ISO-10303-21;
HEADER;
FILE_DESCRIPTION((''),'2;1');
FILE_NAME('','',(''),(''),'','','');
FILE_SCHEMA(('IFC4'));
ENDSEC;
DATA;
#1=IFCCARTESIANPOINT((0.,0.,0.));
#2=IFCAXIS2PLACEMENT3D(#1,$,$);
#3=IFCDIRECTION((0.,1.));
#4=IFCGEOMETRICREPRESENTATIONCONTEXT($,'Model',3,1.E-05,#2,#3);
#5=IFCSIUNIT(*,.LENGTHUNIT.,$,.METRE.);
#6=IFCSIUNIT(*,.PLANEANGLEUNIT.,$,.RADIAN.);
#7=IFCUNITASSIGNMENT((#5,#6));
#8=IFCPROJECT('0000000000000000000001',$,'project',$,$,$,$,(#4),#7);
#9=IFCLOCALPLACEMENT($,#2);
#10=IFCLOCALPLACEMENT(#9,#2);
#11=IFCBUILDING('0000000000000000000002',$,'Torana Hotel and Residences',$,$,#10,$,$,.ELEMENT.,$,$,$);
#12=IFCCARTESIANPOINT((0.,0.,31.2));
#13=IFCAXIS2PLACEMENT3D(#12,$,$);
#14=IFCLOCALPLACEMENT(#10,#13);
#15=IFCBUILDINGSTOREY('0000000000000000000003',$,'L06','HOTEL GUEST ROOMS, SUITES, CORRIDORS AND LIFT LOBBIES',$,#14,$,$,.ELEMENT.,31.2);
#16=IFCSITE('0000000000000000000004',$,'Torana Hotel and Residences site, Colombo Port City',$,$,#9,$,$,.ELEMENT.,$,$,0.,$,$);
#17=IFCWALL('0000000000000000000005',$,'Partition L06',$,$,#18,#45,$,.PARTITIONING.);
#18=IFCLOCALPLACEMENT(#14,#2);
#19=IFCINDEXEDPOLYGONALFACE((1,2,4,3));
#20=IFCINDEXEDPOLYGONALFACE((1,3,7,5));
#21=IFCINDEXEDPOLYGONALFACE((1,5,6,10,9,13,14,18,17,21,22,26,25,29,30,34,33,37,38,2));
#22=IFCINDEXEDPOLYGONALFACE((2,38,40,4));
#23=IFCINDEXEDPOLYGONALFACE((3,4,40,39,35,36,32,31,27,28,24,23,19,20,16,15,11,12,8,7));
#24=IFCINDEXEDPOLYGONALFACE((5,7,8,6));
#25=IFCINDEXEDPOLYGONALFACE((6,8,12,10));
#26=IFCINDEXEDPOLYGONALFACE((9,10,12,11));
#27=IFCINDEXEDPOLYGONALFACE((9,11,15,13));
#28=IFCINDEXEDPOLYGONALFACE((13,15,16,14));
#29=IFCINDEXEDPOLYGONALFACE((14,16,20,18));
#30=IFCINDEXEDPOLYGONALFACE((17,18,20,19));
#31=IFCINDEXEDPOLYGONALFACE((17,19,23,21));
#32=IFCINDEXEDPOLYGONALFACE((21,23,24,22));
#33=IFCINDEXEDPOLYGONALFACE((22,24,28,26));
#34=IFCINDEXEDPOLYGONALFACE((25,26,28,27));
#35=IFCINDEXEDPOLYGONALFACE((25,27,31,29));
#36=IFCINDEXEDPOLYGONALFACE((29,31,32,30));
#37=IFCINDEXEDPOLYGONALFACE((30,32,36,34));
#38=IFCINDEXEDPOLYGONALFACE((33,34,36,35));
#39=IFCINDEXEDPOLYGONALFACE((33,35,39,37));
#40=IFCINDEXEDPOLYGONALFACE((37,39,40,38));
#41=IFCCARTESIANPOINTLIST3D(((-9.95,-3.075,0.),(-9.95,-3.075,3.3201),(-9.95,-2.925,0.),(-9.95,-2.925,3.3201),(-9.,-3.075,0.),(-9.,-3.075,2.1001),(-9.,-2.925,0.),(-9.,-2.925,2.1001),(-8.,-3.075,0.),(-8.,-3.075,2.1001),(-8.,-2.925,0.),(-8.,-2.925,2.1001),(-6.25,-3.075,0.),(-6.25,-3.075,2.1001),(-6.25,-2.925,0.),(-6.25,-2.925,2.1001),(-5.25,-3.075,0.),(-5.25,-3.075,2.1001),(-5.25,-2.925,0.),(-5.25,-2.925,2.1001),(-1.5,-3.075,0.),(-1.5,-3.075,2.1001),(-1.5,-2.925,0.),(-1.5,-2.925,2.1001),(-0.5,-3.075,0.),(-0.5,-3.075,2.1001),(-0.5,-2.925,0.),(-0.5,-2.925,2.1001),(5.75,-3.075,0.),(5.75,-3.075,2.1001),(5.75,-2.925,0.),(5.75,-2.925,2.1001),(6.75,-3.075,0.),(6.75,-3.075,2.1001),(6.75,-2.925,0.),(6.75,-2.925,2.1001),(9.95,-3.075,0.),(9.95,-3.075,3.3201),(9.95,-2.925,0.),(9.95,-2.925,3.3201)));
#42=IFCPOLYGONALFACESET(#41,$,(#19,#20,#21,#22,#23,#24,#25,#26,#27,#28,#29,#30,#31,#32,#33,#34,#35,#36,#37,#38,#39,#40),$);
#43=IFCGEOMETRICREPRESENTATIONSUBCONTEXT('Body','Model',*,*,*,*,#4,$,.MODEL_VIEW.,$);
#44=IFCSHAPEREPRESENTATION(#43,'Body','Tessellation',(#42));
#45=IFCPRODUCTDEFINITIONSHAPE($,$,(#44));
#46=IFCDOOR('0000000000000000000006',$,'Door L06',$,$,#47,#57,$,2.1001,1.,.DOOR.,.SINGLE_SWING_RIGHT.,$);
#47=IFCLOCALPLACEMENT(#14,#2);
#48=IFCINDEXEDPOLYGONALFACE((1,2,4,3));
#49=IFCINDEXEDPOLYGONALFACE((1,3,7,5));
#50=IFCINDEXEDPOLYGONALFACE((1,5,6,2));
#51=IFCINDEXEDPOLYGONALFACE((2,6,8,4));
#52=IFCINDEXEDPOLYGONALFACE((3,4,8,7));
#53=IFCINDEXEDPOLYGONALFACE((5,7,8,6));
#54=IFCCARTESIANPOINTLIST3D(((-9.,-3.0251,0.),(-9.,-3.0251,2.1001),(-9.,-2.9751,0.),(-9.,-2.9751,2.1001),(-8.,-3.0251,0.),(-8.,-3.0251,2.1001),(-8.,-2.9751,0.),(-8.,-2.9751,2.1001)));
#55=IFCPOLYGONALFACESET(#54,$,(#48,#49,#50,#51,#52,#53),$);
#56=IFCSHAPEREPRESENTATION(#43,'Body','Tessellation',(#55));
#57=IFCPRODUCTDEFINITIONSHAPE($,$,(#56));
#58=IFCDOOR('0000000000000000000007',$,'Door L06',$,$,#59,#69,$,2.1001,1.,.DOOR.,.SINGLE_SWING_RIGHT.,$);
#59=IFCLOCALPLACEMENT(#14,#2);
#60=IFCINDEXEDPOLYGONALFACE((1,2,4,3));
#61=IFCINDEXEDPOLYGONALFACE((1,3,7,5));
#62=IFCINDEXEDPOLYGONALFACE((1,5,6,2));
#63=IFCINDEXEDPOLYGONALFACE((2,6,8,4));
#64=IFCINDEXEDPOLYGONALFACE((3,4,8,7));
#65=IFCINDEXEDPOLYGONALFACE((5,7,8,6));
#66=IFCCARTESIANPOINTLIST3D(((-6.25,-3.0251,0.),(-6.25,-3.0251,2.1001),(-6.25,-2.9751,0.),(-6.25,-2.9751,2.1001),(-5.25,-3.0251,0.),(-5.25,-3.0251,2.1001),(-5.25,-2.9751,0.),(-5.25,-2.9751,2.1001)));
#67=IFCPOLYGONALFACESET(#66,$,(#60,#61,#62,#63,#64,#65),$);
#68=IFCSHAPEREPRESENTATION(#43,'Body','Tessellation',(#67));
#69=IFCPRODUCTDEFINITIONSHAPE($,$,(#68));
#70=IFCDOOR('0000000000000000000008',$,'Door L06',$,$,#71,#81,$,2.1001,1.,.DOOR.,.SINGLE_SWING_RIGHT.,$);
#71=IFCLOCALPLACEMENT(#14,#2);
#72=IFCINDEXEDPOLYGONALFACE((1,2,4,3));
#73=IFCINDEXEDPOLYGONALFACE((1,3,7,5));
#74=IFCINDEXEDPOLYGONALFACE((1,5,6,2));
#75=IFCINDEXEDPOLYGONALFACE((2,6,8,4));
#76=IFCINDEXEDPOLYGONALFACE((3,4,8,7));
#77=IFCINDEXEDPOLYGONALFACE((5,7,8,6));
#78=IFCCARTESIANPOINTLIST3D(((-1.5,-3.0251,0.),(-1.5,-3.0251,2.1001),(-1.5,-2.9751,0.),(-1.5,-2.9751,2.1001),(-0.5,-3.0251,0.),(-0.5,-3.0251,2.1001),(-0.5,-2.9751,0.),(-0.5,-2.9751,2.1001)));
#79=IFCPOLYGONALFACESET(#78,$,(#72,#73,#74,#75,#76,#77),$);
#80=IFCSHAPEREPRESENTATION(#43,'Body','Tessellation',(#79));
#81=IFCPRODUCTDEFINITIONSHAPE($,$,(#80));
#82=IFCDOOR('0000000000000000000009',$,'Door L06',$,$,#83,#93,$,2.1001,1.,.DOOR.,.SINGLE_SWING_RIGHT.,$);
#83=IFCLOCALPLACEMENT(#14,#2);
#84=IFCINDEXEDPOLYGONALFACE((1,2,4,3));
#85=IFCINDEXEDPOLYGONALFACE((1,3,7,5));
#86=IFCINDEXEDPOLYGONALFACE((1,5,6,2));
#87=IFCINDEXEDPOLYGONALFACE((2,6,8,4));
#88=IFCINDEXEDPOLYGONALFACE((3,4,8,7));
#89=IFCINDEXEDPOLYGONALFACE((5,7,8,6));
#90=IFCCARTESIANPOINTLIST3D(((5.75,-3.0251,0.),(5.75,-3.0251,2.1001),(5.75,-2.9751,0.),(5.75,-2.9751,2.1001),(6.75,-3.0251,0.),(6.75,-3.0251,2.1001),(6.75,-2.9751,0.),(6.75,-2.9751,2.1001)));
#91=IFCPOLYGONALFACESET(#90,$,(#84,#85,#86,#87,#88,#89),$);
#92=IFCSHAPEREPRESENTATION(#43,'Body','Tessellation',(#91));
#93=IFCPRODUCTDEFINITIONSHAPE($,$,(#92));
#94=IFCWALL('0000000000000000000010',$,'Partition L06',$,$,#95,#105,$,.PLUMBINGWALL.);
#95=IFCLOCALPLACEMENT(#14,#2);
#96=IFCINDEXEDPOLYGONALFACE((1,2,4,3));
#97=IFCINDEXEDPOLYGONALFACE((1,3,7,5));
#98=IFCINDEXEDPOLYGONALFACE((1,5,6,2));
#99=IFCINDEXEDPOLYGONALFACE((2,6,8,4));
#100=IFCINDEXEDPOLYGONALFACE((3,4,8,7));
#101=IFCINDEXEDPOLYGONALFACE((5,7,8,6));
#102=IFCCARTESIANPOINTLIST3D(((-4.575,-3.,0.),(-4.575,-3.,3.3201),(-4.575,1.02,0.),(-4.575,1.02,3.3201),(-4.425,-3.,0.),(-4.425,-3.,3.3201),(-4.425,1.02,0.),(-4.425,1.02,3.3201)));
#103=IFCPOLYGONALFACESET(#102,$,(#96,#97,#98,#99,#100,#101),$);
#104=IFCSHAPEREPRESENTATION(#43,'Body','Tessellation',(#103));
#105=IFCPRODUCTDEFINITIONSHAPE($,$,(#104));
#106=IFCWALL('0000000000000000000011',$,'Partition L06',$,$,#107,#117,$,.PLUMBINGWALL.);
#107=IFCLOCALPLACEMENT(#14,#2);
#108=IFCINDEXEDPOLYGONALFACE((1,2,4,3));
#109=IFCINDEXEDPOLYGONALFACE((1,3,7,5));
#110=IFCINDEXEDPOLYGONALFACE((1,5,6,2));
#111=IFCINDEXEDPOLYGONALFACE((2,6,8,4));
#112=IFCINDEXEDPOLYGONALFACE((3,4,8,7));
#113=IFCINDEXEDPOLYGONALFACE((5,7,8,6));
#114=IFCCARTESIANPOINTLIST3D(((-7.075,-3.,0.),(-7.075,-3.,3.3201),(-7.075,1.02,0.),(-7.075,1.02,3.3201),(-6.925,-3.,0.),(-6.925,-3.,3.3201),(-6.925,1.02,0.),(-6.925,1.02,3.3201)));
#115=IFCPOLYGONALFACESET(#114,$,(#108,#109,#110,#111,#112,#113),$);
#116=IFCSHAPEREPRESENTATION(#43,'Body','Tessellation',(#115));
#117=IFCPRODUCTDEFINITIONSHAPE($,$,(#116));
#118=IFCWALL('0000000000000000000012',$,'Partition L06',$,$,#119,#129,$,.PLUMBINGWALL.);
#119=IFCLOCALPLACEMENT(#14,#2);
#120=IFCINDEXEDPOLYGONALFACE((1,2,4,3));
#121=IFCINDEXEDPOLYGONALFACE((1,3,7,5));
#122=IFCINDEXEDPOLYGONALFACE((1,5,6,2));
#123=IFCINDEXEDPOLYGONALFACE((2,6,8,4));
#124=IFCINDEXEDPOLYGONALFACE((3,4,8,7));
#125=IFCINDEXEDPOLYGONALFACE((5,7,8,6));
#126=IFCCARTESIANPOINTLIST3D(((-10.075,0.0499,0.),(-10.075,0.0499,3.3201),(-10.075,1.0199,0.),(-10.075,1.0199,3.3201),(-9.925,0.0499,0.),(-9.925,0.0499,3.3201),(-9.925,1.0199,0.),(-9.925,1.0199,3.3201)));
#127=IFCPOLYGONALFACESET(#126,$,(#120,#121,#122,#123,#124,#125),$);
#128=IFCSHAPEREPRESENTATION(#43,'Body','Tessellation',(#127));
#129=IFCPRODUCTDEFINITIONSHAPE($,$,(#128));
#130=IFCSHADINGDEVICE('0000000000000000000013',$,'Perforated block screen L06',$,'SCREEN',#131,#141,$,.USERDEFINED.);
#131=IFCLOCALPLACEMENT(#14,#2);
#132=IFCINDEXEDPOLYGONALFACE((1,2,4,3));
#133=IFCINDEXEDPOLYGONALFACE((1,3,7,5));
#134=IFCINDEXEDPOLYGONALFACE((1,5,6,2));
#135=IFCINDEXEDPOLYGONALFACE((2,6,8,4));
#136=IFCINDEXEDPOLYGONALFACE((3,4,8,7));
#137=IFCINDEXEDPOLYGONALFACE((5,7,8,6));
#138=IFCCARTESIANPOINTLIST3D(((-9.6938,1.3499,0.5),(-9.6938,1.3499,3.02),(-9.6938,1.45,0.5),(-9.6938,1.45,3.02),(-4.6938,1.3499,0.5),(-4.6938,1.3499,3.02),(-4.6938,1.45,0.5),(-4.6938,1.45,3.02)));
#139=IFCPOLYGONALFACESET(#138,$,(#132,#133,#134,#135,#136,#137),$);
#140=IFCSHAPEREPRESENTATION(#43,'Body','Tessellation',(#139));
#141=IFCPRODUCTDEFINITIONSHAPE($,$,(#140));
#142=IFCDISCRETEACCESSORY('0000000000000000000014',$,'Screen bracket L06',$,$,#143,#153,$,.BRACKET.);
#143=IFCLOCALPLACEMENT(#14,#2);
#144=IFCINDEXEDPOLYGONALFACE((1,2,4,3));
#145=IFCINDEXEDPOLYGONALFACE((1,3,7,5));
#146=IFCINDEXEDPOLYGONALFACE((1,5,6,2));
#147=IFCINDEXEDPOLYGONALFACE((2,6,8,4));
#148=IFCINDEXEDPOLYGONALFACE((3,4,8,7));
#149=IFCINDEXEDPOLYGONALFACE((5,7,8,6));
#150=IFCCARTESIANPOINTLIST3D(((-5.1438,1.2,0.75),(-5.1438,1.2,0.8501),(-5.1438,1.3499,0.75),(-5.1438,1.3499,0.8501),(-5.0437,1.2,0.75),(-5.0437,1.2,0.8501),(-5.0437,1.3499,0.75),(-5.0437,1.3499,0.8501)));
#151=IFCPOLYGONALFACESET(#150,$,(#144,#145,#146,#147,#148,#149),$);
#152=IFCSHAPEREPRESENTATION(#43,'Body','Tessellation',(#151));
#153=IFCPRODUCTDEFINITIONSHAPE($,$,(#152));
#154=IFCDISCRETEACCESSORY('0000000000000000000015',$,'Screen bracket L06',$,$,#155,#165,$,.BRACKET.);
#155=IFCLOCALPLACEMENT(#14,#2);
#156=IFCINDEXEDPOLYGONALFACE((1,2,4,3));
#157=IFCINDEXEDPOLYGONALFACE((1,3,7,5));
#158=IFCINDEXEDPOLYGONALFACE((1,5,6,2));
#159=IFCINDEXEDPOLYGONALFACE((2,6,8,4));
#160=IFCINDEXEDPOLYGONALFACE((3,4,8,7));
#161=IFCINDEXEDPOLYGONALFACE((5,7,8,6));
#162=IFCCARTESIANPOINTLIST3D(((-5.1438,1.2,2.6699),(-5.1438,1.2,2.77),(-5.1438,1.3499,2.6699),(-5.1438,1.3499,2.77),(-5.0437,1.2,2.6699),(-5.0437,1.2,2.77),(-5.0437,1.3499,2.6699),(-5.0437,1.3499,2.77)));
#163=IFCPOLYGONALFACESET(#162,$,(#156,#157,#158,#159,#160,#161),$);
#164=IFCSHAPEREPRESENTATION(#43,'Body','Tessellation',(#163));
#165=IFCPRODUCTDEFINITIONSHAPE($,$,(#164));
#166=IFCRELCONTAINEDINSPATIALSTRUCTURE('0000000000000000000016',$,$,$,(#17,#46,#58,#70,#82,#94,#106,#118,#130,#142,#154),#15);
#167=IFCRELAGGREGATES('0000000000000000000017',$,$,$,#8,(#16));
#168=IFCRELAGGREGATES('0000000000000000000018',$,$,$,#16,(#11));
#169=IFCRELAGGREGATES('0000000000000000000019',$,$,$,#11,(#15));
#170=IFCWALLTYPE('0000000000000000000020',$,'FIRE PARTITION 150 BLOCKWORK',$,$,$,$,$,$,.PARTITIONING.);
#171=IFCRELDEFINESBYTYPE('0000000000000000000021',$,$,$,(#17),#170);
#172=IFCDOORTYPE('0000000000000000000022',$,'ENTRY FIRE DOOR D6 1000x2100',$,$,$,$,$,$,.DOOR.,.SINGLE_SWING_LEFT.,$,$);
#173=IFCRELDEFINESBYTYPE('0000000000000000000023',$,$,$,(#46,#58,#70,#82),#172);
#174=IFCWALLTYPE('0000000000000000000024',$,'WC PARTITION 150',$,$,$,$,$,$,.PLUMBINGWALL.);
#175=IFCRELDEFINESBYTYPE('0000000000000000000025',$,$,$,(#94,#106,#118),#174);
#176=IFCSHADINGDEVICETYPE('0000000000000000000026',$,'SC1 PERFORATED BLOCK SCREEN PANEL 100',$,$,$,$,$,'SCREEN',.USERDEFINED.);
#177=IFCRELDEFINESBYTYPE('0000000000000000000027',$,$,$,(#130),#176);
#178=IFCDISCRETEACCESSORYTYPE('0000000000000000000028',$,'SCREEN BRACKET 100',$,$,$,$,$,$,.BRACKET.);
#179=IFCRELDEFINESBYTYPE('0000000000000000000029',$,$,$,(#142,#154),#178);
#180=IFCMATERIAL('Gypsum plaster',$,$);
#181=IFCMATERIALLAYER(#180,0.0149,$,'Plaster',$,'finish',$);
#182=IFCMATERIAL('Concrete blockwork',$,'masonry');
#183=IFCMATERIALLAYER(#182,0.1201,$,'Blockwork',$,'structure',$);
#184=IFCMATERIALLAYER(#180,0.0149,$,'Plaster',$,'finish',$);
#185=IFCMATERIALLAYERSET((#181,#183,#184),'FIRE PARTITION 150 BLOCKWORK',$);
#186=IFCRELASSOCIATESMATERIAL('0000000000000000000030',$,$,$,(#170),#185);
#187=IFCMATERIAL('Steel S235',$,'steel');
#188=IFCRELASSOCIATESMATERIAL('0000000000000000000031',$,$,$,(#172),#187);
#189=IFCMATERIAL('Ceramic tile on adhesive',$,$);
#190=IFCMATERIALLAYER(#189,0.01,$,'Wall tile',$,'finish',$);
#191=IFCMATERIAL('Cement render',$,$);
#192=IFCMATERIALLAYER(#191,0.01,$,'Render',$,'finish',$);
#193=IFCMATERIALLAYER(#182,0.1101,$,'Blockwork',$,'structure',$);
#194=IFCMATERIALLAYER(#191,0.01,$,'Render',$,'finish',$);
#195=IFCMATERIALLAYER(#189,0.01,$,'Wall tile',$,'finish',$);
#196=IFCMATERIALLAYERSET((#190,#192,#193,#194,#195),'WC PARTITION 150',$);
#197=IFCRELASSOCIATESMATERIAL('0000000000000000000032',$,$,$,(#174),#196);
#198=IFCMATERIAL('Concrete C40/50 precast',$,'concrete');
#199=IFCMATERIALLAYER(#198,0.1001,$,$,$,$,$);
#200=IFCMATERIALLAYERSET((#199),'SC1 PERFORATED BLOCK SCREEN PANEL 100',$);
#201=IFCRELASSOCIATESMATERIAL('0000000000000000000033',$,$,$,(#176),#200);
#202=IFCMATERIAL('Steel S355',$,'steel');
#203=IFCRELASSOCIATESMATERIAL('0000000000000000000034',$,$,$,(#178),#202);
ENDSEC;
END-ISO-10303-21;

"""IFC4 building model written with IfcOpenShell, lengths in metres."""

from ifc_helpers import new_model, si_unit, direction, frame, frame_2d, origin, origin_2d, place, context, subcontext, project, spatial, rectangle, extrude, material, layer, layer_set, type_object, element, fill, save


model = new_model("IFC4")

# Units and contexts
model_context = context("Model", 3, precision=1e-05, world=origin(), true_north=direction((0.0, 1.0)))
body_context = subcontext(model_context, "Body", "Model", "MODEL_VIEW")
ifc_project = project(units=[si_unit("LENGTHUNIT", "METRE"), si_unit("PLANEANGLEUNIT", "RADIAN")], contexts=[model_context])

# Site, building, storey
site_placement = place(None, origin())
site = spatial("IfcSite", under=ifc_project, at=site_placement, Name="Torana Hotel and Residences site, Colombo Port City", CompositionType="ELEMENT", RefElevation=0.0)
building_placement = place(site_placement, origin())
building = spatial("IfcBuilding", under=site, at=building_placement, Name="Torana Hotel and Residences", CompositionType="ELEMENT")
storey_placement = place(building_placement, frame((0.0, 0.0, 31.2)))
storey = spatial("IfcBuildingStorey", under=building, at=storey_placement, Name="L06", Description="HOTEL GUEST ROOMS, SUITES, CORRIDORS AND LIFT LOBBIES", CompositionType="ELEMENT", Elevation=31.2)

# Shared definitions
ifc_material_1 = material(Name="Gypsum plaster")
ifc_layer_1 = layer(ifc_material_1, 0.0149, Name="Plaster", Category="finish")
ifc_material_2 = material(Name="Concrete blockwork", Category="masonry")
ifc_layer_2 = layer(ifc_material_2, 0.1201, Name="Blockwork", Category="structure")
ifc_layer_3 = layer(ifc_material_1, 0.0149, Name="Plaster", Category="finish")
ifc_layer_set_1 = layer_set([ifc_layer_1, ifc_layer_2, ifc_layer_3], Name="FIRE PARTITION 150 BLOCKWORK")
wall_type_1 = type_object("IfcWallType", Name="FIRE PARTITION 150 BLOCKWORK", PredefinedType="PARTITIONING", material=ifc_layer_set_1)

# Wall, openings, doors
ifc_material_3 = material(Name="Steel S235", Category="steel")
door_type = type_object("IfcDoorType", Name="ENTRY FIRE DOOR D6 1000x2100", OperationType="SINGLE_SWING_LEFT", PredefinedType="DOOR", material=ifc_material_3)
wall_1_placement = place(storey_placement, frame((-9.95, -3.0, 0.0), z_axis=(0.0, 0.0, 1.0), x_axis=(1.0, 0.0, 0.0)))
wall_1 = element("IfcWall", 1, at=wall_1_placement, inside=storey, type_object=wall_type_1, Name="Partition L06", PredefinedType="PARTITIONING", context=body_context, shape_type="SweptSolid", body=[
    extrude(rectangle(XDim=19.8999, YDim=0.1499, at=frame_2d((9.95, 0.0))), origin(), (0.0, 0.0, 1.0), 3.3201),
])
opening_1_placement = place(wall_1_placement, frame((0.95, 0.0, 0.0)))
opening_1 = element("IfcOpeningElement", 2, at=opening_1_placement, cuts=wall_1, PredefinedType="OPENING", context=body_context, shape_type="SweptSolid", body=[
    extrude(rectangle(XDim=1.0, YDim=2.1001, at=frame_2d((0.5, 1.05))), frame((0.0, 0.085, 0.0), z_axis=(0.0, -1.0, 0.0), x_axis=(1.0, 0.0, 0.0)), (0.0, 0.0, 1.0), 0.1699),
])
opening_2_placement = place(wall_1_placement, frame((3.7, 0.0, 0.0)))
opening_2 = element("IfcOpeningElement", 3, at=opening_2_placement, cuts=wall_1, PredefinedType="OPENING", context=body_context, shape_type="SweptSolid", body=[
    extrude(rectangle(XDim=1.0, YDim=2.1001, at=frame_2d((0.5, 1.05))), frame((0.0, 0.085, 0.0), z_axis=(0.0, -1.0, 0.0), x_axis=(1.0, 0.0, 0.0)), (0.0, 0.0, 1.0), 0.1699),
])
opening_3_placement = place(wall_1_placement, frame((8.45, 0.0, 0.0)))
opening_3 = element("IfcOpeningElement", 4, at=opening_3_placement, cuts=wall_1, PredefinedType="OPENING", context=body_context, shape_type="SweptSolid", body=[
    extrude(rectangle(XDim=1.0, YDim=2.1001, at=frame_2d((0.5, 1.05))), frame((0.0, 0.085, 0.0), z_axis=(0.0, -1.0, 0.0), x_axis=(1.0, 0.0, 0.0)), (0.0, 0.0, 1.0), 0.1699),
])
opening_4_placement = place(wall_1_placement, frame((15.7, 0.0, 0.0)))
opening_4 = element("IfcOpeningElement", 5, at=opening_4_placement, cuts=wall_1, PredefinedType="OPENING", context=body_context, shape_type="SweptSolid", body=[
    extrude(rectangle(XDim=1.0, YDim=2.1001, at=frame_2d((0.5, 1.05))), frame((0.0, 0.085, 0.0), z_axis=(0.0, -1.0, 0.0), x_axis=(1.0, 0.0, 0.0)), (0.0, 0.0, 1.0), 0.1699),
])
door_1_placement = place(opening_1_placement, origin())
door_1 = element("IfcDoor", 6, at=door_1_placement, inside=storey, type_object=door_type, Name="Door L06", OperationType="SINGLE_SWING_RIGHT", OverallHeight=2.1001, OverallWidth=1.0, PredefinedType="DOOR", context=body_context, shape_type="SweptSolid", body=[
    extrude(rectangle(XDim=1.0, YDim=2.1001, at=frame_2d((0.5, 1.05))), frame((0.0, 0.0249, 0.0), z_axis=(0.0, -1.0, 0.0), x_axis=(1.0, 0.0, 0.0)), (0.0, 0.0, 1.0), 0.05),
])
fill(opening_1, door_1)
door_2_placement = place(opening_2_placement, origin())
door_2 = element("IfcDoor", 7, at=door_2_placement, inside=storey, type_object=door_type, Name="Door L06", OperationType="SINGLE_SWING_RIGHT", OverallHeight=2.1001, OverallWidth=1.0, PredefinedType="DOOR", context=body_context, shape_type="SweptSolid", body=[
    extrude(rectangle(XDim=1.0, YDim=2.1001, at=frame_2d((0.5, 1.05))), frame((0.0, 0.0249, 0.0), z_axis=(0.0, -1.0, 0.0), x_axis=(1.0, 0.0, 0.0)), (0.0, 0.0, 1.0), 0.05),
])
fill(opening_2, door_2)
door_3_placement = place(opening_3_placement, origin())
door_3 = element("IfcDoor", 8, at=door_3_placement, inside=storey, type_object=door_type, Name="Door L06", OperationType="SINGLE_SWING_RIGHT", OverallHeight=2.1001, OverallWidth=1.0, PredefinedType="DOOR", context=body_context, shape_type="SweptSolid", body=[
    extrude(rectangle(XDim=1.0, YDim=2.1001, at=frame_2d((0.5, 1.05))), frame((0.0, 0.0249, 0.0), z_axis=(0.0, -1.0, 0.0), x_axis=(1.0, 0.0, 0.0)), (0.0, 0.0, 1.0), 0.05),
])
fill(opening_3, door_3)
door_4_placement = place(opening_4_placement, origin())
door_4 = element("IfcDoor", 9, at=door_4_placement, inside=storey, type_object=door_type, Name="Door L06", OperationType="SINGLE_SWING_RIGHT", OverallHeight=2.1001, OverallWidth=1.0, PredefinedType="DOOR", context=body_context, shape_type="SweptSolid", body=[
    extrude(rectangle(XDim=1.0, YDim=2.1001, at=frame_2d((0.5, 1.05))), frame((0.0, 0.0249, 0.0), z_axis=(0.0, -1.0, 0.0), x_axis=(1.0, 0.0, 0.0)), (0.0, 0.0, 1.0), 0.05),
])
fill(opening_4, door_4)

# Walls
ifc_material_4 = material(Name="Ceramic tile on adhesive")
ifc_layer_4 = layer(ifc_material_4, 0.01, Name="Wall tile", Category="finish")
ifc_material_5 = material(Name="Cement render")
ifc_layer_5 = layer(ifc_material_5, 0.01, Name="Render", Category="finish")
ifc_layer_6 = layer(ifc_material_2, 0.1101, Name="Blockwork", Category="structure")
ifc_layer_7 = layer(ifc_material_5, 0.01, Name="Render", Category="finish")
ifc_layer_8 = layer(ifc_material_4, 0.01, Name="Wall tile", Category="finish")
ifc_layer_set_2 = layer_set([ifc_layer_4, ifc_layer_5, ifc_layer_6, ifc_layer_7, ifc_layer_8], Name="WC PARTITION 150")
wall_type_2 = type_object("IfcWallType", Name="WC PARTITION 150", PredefinedType="PLUMBINGWALL", material=ifc_layer_set_2)
for number, where, z_axis, x_axis, name in (
    (10, (-4.5, -3.0, 0.0), (0.0, 0.0, 1.0), (0.0, 1.0, 0.0), "Partition L06"),
    (11, (-7.0, -3.0, 0.0), (0.0, 0.0, 1.0), (0.0, 1.0, 0.0), "Partition L06"),
):
    element("IfcWall", number, at=place(storey_placement, frame(where, z_axis=z_axis, x_axis=x_axis)), inside=storey, type_object=wall_type_2, Name=name, PredefinedType="PLUMBINGWALL", context=body_context, shape_type="SweptSolid", body=[
        extrude(rectangle(XDim=4.02, YDim=0.1499, at=frame_2d((2.01, 0.0))), origin(), (0.0, 0.0, 1.0), 3.3201),
    ])
wall_2_placement = place(storey_placement, frame((-10.0, 0.05, 0.0), z_axis=(0.0, 0.0, 1.0), x_axis=(0.0, 1.0, 0.0)))
element("IfcWall", 12, at=wall_2_placement, inside=storey, type_object=wall_type_2, Name="Partition L06", PredefinedType="PLUMBINGWALL", context=body_context, shape_type="SweptSolid", body=[
    extrude(rectangle(XDim=0.97, YDim=0.1499, at=frame_2d((0.4849, 0.0))), origin(), (0.0, 0.0, 1.0), 3.3201),
])

# Shading device
ifc_material_6 = material(Name="Concrete C40/50 precast", Category="concrete")
ifc_layer_9 = layer(ifc_material_6, 0.1001)
ifc_layer_set_3 = layer_set([ifc_layer_9], Name="SC1 PERFORATED BLOCK SCREEN PANEL 100")
shading_device_type = type_object("IfcShadingDeviceType", Name="SC1 PERFORATED BLOCK SCREEN PANEL 100", ElementType="SCREEN", PredefinedType="USERDEFINED", material=ifc_layer_set_3)
shading_device_placement = place(storey_placement, frame((-7.1938, 1.3999, 0.5), z_axis=(0.0, 0.0, 1.0), x_axis=(-1.0, 0.0, 0.0)))
element("IfcShadingDevice", 13, at=shading_device_placement, inside=storey, type_object=shading_device_type, Name="Perforated block screen L06", ObjectType="SCREEN", PredefinedType="USERDEFINED", context=body_context, shape_type="SweptSolid", body=[
    extrude(rectangle(XDim=5.0, YDim=0.1001, at=origin_2d()), origin(), (0.0, 0.0, 1.0), 2.52),
])

# Discrete accessories
ifc_material_7 = material(Name="Steel S355", Category="steel")
discrete_accessory_type = type_object("IfcDiscreteAccessoryType", Name="SCREEN BRACKET 100", PredefinedType="BRACKET", material=ifc_material_7)
for number, where, z_axis, x_axis, name in (
    (14, (-5.0938, 1.2749, 0.75), (0.0, 0.0, 1.0), (-1.0, 0.0, 0.0), "Screen bracket L06"),
    (15, (-5.0938, 1.2749, 2.6699), (0.0, 0.0, 1.0), (-1.0, 0.0, 0.0), "Screen bracket L06"),
):
    element("IfcDiscreteAccessory", number, at=place(storey_placement, frame(where, z_axis=z_axis, x_axis=x_axis)), inside=storey, type_object=discrete_accessory_type, Name=name, PredefinedType="BRACKET", context=body_context, shape_type="SweptSolid", body=[
        extrude(rectangle(XDim=0.1001, YDim=0.1499, at=origin_2d()), origin(), (0.0, 0.0, 1.0), 0.1001),
    ])

save(model, "model.ifc")
